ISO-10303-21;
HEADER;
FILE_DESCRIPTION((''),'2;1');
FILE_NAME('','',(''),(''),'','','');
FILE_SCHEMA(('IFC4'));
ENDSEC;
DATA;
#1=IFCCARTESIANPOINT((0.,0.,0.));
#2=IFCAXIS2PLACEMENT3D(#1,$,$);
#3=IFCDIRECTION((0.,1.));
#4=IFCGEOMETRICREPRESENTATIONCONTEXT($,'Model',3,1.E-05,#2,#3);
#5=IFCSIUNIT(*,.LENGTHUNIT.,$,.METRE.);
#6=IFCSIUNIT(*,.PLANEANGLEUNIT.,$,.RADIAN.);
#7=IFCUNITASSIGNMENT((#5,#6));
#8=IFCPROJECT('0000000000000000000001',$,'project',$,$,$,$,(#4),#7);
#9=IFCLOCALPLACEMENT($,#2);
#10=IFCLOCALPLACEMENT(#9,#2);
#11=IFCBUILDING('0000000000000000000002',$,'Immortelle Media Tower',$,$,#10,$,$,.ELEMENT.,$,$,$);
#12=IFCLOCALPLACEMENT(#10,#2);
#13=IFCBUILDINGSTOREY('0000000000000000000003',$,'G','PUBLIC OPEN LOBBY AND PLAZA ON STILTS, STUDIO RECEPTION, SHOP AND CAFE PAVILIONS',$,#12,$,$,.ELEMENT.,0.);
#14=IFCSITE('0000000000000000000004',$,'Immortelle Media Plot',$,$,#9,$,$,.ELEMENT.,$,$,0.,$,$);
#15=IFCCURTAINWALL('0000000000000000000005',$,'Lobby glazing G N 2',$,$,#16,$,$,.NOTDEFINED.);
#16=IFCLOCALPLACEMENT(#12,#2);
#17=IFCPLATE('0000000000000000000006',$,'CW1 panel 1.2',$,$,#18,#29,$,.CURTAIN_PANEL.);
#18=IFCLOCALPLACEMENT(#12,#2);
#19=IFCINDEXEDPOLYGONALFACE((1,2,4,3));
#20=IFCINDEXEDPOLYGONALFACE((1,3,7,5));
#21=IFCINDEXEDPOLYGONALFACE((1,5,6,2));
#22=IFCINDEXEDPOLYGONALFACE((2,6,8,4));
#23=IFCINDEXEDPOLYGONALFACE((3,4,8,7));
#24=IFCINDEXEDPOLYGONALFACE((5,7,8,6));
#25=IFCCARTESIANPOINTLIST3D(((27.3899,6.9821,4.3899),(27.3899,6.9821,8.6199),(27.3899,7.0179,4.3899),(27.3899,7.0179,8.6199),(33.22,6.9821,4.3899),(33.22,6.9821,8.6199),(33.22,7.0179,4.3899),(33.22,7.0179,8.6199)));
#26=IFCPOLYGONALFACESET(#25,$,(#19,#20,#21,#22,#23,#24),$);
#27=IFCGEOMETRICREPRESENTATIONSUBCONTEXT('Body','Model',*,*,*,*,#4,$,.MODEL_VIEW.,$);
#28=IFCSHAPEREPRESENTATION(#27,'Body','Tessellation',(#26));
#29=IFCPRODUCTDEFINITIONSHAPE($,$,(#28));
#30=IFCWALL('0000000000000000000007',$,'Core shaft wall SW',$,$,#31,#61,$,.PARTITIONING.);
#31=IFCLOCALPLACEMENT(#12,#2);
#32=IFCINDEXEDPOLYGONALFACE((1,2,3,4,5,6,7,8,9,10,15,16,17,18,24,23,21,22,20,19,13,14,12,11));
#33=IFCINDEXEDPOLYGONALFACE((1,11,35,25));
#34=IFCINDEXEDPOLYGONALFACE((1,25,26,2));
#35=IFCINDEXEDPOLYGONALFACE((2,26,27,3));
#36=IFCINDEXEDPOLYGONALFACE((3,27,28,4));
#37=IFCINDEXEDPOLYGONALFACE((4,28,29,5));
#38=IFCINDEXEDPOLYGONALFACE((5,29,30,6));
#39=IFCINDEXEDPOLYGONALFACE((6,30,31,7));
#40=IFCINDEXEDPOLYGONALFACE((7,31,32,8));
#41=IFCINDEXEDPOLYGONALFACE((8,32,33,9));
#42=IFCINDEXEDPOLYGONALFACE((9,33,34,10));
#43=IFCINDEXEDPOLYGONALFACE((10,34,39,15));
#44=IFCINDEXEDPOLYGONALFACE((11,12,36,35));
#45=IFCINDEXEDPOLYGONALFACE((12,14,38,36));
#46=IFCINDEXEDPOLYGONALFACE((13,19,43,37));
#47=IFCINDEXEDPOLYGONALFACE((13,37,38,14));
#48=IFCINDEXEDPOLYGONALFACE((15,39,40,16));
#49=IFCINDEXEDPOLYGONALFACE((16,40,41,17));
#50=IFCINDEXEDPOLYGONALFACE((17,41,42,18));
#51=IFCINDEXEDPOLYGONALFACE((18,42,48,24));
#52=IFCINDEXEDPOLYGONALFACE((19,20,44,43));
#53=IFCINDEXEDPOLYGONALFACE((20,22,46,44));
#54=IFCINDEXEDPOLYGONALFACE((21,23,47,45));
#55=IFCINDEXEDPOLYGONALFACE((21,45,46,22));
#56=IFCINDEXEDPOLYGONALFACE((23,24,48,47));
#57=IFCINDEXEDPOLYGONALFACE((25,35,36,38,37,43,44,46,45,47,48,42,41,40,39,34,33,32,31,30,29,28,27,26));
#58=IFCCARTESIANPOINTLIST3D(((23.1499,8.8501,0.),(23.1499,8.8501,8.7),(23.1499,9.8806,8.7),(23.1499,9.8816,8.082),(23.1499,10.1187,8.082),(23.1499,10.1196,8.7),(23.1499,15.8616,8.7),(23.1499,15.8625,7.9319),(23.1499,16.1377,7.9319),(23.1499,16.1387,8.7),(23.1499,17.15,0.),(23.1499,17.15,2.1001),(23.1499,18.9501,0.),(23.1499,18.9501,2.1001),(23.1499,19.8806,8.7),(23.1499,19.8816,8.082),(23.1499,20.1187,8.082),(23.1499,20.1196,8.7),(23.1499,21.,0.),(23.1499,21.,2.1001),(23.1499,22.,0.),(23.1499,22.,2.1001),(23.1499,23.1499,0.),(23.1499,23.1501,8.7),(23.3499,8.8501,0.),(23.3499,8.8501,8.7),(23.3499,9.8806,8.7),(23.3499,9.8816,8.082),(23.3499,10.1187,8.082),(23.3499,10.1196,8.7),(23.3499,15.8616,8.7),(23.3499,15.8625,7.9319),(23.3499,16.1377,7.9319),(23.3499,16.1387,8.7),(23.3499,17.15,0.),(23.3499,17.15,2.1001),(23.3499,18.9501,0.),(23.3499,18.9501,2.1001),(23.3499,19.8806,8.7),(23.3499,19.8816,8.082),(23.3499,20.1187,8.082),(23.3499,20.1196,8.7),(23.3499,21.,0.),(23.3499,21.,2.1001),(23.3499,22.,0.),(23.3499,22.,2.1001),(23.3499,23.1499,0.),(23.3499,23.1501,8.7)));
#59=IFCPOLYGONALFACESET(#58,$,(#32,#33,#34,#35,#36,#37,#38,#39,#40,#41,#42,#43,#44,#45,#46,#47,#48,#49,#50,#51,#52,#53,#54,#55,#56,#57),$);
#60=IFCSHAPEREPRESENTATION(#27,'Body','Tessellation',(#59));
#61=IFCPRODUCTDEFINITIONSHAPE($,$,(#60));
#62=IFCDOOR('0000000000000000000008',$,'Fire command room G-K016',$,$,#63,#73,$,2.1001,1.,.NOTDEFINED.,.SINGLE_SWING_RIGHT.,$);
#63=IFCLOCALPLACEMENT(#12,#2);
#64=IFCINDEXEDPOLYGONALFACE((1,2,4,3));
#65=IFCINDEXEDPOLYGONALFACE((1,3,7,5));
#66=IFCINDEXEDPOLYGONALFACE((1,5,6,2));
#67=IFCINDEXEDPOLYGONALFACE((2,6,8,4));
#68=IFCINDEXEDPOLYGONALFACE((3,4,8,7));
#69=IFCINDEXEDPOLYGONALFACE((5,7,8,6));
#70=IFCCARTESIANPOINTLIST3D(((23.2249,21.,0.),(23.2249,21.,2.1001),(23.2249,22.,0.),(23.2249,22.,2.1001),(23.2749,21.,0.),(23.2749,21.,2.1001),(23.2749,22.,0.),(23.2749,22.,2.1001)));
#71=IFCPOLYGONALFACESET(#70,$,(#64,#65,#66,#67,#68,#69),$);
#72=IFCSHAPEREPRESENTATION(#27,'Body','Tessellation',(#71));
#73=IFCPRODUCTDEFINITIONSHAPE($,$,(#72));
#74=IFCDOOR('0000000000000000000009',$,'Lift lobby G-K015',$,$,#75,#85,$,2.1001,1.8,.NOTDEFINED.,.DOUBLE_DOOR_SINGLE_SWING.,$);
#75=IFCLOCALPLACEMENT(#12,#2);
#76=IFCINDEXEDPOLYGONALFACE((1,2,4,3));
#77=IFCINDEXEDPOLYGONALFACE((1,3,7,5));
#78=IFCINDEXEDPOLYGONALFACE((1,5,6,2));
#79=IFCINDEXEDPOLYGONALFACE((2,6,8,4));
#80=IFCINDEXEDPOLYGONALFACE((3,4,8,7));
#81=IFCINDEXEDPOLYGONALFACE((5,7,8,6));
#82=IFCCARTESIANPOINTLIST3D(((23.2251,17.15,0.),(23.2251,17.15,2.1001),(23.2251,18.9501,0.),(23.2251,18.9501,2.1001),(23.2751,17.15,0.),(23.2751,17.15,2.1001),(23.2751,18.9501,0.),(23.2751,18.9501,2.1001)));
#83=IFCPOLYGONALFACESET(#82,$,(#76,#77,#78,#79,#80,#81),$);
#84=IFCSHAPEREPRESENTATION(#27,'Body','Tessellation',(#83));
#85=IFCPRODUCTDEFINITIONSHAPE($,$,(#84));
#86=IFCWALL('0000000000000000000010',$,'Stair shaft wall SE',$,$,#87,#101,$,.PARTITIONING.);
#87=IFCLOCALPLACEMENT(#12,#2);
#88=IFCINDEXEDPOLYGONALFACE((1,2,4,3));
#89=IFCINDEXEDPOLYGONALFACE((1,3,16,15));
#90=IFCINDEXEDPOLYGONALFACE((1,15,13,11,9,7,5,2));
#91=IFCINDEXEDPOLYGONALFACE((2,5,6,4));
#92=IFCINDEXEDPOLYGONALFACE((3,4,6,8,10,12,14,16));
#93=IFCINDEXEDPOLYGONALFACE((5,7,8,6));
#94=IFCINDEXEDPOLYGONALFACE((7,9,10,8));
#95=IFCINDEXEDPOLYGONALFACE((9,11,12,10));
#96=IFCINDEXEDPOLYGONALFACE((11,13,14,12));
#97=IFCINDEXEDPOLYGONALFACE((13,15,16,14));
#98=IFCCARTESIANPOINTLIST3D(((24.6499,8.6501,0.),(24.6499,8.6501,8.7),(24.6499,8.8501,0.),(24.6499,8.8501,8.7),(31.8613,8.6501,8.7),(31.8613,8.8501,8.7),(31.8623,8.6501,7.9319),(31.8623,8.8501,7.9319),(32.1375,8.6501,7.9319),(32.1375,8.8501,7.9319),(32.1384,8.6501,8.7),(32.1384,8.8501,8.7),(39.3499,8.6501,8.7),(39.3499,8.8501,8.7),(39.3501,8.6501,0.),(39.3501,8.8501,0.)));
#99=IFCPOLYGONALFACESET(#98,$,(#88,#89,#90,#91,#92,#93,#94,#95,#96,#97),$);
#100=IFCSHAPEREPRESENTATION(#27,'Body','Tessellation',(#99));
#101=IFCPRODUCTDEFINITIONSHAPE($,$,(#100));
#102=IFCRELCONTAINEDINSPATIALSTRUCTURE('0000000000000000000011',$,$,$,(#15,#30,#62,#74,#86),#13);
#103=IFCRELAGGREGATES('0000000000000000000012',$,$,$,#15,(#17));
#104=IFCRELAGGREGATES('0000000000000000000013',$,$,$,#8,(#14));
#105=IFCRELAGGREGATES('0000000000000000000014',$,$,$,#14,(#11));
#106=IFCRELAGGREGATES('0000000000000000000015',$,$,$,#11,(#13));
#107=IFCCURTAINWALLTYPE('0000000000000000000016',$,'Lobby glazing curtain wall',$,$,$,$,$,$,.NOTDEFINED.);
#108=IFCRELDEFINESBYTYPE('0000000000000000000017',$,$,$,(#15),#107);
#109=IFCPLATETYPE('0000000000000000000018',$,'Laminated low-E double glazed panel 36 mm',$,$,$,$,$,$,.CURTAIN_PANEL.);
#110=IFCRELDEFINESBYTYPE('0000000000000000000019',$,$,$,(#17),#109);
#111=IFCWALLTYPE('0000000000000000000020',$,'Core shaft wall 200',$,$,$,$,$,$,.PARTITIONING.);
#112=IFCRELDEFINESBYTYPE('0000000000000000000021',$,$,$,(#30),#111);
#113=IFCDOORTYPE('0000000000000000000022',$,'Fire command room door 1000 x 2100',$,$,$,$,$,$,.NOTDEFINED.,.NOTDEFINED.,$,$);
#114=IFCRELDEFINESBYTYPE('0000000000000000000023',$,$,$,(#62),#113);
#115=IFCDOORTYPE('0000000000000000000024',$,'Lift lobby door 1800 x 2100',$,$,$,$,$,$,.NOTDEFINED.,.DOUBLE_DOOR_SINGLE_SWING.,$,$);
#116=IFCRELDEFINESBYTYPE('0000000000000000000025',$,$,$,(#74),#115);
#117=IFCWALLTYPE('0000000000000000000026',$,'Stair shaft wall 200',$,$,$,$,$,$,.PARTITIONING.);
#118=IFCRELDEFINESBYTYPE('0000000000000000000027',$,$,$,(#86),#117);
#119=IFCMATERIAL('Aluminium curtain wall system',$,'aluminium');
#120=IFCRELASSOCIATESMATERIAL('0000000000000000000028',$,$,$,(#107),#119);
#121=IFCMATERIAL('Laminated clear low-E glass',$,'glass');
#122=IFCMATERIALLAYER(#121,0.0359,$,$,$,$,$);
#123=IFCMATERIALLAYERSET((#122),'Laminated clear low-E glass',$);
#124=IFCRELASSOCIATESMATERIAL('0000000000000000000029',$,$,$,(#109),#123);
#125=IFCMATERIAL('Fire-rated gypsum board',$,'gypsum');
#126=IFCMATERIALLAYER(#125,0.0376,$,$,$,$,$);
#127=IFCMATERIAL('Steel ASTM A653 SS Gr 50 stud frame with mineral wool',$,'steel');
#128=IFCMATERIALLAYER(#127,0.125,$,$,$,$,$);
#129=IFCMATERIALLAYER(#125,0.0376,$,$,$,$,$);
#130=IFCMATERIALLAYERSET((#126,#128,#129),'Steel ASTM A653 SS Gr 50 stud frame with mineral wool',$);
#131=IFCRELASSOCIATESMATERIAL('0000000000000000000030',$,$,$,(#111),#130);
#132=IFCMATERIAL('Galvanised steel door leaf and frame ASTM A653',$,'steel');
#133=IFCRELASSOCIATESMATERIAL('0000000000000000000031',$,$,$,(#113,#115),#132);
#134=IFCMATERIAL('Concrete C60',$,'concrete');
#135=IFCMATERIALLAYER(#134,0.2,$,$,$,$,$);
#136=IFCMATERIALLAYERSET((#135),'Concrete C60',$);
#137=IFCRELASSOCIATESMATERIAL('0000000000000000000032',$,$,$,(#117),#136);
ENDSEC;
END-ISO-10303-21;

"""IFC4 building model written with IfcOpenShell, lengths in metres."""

from ifc_helpers import new_model, si_unit, direction, frame, frame_2d, origin, origin_2d, place, context, subcontext, project, spatial, polyline, rectangle, outline, extrude, material, layer, layer_set, type_object, element, fill, aggregate, save


model = new_model("IFC4")

# Units and contexts
model_context = context("Model", 3, precision=1e-05, world=origin(), true_north=direction((0.0, 1.0)))
body_context = subcontext(model_context, "Body", "Model", "MODEL_VIEW")
ifc_project = project(units=[si_unit("LENGTHUNIT", "METRE"), si_unit("PLANEANGLEUNIT", "RADIAN")], contexts=[model_context])

# Site, building, storey
site_placement = place(None, origin())
site = spatial("IfcSite", under=ifc_project, at=site_placement, Name="Immortelle Media Plot", CompositionType="ELEMENT", RefElevation=0.0)
building_placement = place(site_placement, origin())
building = spatial("IfcBuilding", under=site, at=building_placement, Name="Immortelle Media Tower", CompositionType="ELEMENT")
storey_placement = place(building_placement, origin())
storey = spatial("IfcBuildingStorey", under=building, at=storey_placement, Name="G", Description="PUBLIC OPEN LOBBY AND PLAZA ON STILTS, STUDIO RECEPTION, SHOP AND CAFE PAVILIONS", CompositionType="ELEMENT", Elevation=0.0)

# Curtain wall
ifc_material_1 = material(Name="Aluminium curtain wall system", Category="aluminium")
curtain_wall_type = type_object("IfcCurtainWallType", Name="Lobby glazing curtain wall", PredefinedType="NOTDEFINED", material=ifc_material_1)
curtain_wall_placement = place(storey_placement, origin())
curtain_wall = element("IfcCurtainWall", 1, at=curtain_wall_placement, inside=storey, type_object=curtain_wall_type, Name="Lobby glazing G N 2", PredefinedType="NOTDEFINED")

# Plate
ifc_material_2 = material(Name="Laminated clear low-E glass", Category="glass")
ifc_layer_1 = layer(ifc_material_2, 0.0359)
ifc_layer_set_1 = layer_set([ifc_layer_1], Name="Laminated clear low-E glass")
plate_type = type_object("IfcPlateType", Name="Laminated low-E double glazed panel 36 mm", PredefinedType="CURTAIN_PANEL", material=ifc_layer_set_1)
plate_1_placement = place(storey_placement, frame((30.3049, 7.0, 4.3899), z_axis=(0.0, 0.0, 1.0), x_axis=(-1.0, 0.0, 0.0)))
plate_1 = element("IfcPlate", 2, at=plate_1_placement, type_object=plate_type, Name="CW1 panel 1.2", PredefinedType="CURTAIN_PANEL", context=body_context, shape_type="SweptSolid", body=[
    extrude(rectangle(XDim=5.8301, YDim=0.0359, at=origin_2d()), origin(), (0.0, 0.0, 1.0), 4.23),
])
aggregate(curtain_wall, [plate_1])

# Wall, openings, doors
ifc_material_3 = material(Name="Fire-rated gypsum board", Category="gypsum")
ifc_layer_2 = layer(ifc_material_3, 0.0376)
ifc_material_4 = material(Name="Steel ASTM A653 SS Gr 50 stud frame with mineral wool", Category="steel")
ifc_layer_3 = layer(ifc_material_4, 0.125)
ifc_layer_4 = layer(ifc_material_3, 0.0376)
ifc_layer_set_2 = layer_set([ifc_layer_2, ifc_layer_3, ifc_layer_4], Name="Steel ASTM A653 SS Gr 50 stud frame with mineral wool")
wall_type_1 = type_object("IfcWallType", Name="Core shaft wall 200", PredefinedType="PARTITIONING", material=ifc_layer_set_2)
wall_1_placement = place(storey_placement, frame((23.25, 8.8501, 0.0), z_axis=(0.0, 0.0, 1.0), x_axis=(0.0, 1.0, 0.0)))
wall_1 = element("IfcWall", 3, at=wall_1_placement, inside=storey, type_object=wall_type_1, Name="Core shaft wall SW", PredefinedType="PARTITIONING", context=body_context, shape_type="SweptSolid", body=[
    extrude(outline(polyline([(0.0, 0.0), (14.2998, 0.0), (14.3, 8.7), (11.2695, 8.7), (11.2686, 8.082), (11.0315, 8.082), (11.0305, 8.7), (7.2886, 8.7), (7.2876, 7.9319), (7.0125, 7.9319), (7.0115, 8.7), (1.2695, 8.7), (1.2686, 8.082), (1.0315, 8.082), (1.0305, 8.7), (0.0, 8.7), (0.0, 0.0)])), frame((0.0, 0.1001, 0.0), z_axis=(0.0, -1.0, 0.0), x_axis=(1.0, 0.0, 0.0)), (0.0, 0.0, 1.0), 0.2),
])
opening_1_placement = place(wall_1_placement, frame((8.3, 0.0, 0.0)))
opening_1 = element("IfcOpeningElement", 4, at=opening_1_placement, cuts=wall_1, PredefinedType="OPENING", context=body_context, shape_type="SweptSolid", body=[
    extrude(rectangle(XDim=1.8, YDim=2.1001, at=frame_2d((0.8999, 1.05))), frame((0.0, 0.1099, 0.0), z_axis=(0.0, -1.0, 0.0), x_axis=(1.0, 0.0, 0.0)), (0.0, 0.0, 1.0), 0.22),
])
opening_2_placement = place(wall_1_placement, frame((13.1499, 0.0, 0.0), z_axis=(0.0, 0.0, 1.0), x_axis=(-1.0, 0.0, 0.0)))
opening_2 = element("IfcOpeningElement", 5, at=opening_2_placement, cuts=wall_1, PredefinedType="OPENING", context=body_context, shape_type="SweptSolid", body=[
    extrude(rectangle(XDim=1.0, YDim=2.1001, at=frame_2d((0.5, 1.05))), frame((0.0, 0.1099, 0.0), z_axis=(0.0, -1.0, 0.0), x_axis=(1.0, 0.0, 0.0)), (0.0, 0.0, 1.0), 0.22),
])
ifc_material_5 = material(Name="Galvanised steel door leaf and frame ASTM A653", Category="steel")
door_type_1 = type_object("IfcDoorType", Name="Fire command room door 1000 x 2100", OperationType="NOTDEFINED", PredefinedType="NOTDEFINED", material=ifc_material_5)
door_1_placement = place(opening_2_placement, origin())
door_1 = element("IfcDoor", 6, at=door_1_placement, inside=storey, type_object=door_type_1, Name="Fire command room G-K016", OperationType="SINGLE_SWING_RIGHT", OverallHeight=2.1001, OverallWidth=1.0, PredefinedType="NOTDEFINED", context=body_context, shape_type="SweptSolid", body=[
    extrude(rectangle(XDim=1.0, YDim=2.1001, at=frame_2d((0.5, 1.05))), frame((0.0, 0.0249, 0.0), z_axis=(0.0, -1.0, 0.0), x_axis=(1.0, 0.0, 0.0)), (0.0, 0.0, 1.0), 0.05),
])
fill(opening_2, door_1)
door_type_2 = type_object("IfcDoorType", Name="Lift lobby door 1800 x 2100", OperationType="DOUBLE_DOOR_SINGLE_SWING", PredefinedType="NOTDEFINED", material=ifc_material_5)
door_2_placement = place(opening_1_placement, origin())
door_2 = element("IfcDoor", 7, at=door_2_placement, inside=storey, type_object=door_type_2, Name="Lift lobby G-K015", OperationType="DOUBLE_DOOR_SINGLE_SWING", OverallHeight=2.1001, OverallWidth=1.8, PredefinedType="NOTDEFINED", context=body_context, shape_type="SweptSolid", body=[
    extrude(rectangle(XDim=1.8, YDim=2.1001, at=frame_2d((0.8999, 1.05))), frame((0.0, 0.0249, 0.0), z_axis=(0.0, -1.0, 0.0), x_axis=(1.0, 0.0, 0.0)), (0.0, 0.0, 1.0), 0.05),
])
fill(opening_1, door_2)

# Wall
ifc_material_6 = material(Name="Concrete C60", Category="concrete")
ifc_layer_5 = layer(ifc_material_6, 0.2)
ifc_layer_set_3 = layer_set([ifc_layer_5], Name="Concrete C60")
wall_type_2 = type_object("IfcWallType", Name="Stair shaft wall 200", PredefinedType="PARTITIONING", material=ifc_layer_set_3)
wall_2_placement = place(storey_placement, frame((24.6499, 8.75, 0.0), z_axis=(0.0, 0.0, 1.0), x_axis=(1.0, 0.0, 0.0)))
element("IfcWall", 8, at=wall_2_placement, inside=storey, type_object=wall_type_2, Name="Stair shaft wall SE", PredefinedType="PARTITIONING", context=body_context, shape_type="SweptSolid", body=[
    extrude(outline(polyline([(0.0, 0.0), (14.7002, 0.0), (14.7, 8.7), (7.4885, 8.7), (7.4875, 7.9319), (7.2124, 7.9319), (7.2114, 8.7), (0.0, 8.7), (0.0, 0.0)])), frame((0.0, 0.1001, 0.0), z_axis=(0.0, -1.0, 0.0), x_axis=(1.0, 0.0, 0.0)), (0.0, 0.0, 1.0), 0.2),
])

save(model, "model.ifc")
